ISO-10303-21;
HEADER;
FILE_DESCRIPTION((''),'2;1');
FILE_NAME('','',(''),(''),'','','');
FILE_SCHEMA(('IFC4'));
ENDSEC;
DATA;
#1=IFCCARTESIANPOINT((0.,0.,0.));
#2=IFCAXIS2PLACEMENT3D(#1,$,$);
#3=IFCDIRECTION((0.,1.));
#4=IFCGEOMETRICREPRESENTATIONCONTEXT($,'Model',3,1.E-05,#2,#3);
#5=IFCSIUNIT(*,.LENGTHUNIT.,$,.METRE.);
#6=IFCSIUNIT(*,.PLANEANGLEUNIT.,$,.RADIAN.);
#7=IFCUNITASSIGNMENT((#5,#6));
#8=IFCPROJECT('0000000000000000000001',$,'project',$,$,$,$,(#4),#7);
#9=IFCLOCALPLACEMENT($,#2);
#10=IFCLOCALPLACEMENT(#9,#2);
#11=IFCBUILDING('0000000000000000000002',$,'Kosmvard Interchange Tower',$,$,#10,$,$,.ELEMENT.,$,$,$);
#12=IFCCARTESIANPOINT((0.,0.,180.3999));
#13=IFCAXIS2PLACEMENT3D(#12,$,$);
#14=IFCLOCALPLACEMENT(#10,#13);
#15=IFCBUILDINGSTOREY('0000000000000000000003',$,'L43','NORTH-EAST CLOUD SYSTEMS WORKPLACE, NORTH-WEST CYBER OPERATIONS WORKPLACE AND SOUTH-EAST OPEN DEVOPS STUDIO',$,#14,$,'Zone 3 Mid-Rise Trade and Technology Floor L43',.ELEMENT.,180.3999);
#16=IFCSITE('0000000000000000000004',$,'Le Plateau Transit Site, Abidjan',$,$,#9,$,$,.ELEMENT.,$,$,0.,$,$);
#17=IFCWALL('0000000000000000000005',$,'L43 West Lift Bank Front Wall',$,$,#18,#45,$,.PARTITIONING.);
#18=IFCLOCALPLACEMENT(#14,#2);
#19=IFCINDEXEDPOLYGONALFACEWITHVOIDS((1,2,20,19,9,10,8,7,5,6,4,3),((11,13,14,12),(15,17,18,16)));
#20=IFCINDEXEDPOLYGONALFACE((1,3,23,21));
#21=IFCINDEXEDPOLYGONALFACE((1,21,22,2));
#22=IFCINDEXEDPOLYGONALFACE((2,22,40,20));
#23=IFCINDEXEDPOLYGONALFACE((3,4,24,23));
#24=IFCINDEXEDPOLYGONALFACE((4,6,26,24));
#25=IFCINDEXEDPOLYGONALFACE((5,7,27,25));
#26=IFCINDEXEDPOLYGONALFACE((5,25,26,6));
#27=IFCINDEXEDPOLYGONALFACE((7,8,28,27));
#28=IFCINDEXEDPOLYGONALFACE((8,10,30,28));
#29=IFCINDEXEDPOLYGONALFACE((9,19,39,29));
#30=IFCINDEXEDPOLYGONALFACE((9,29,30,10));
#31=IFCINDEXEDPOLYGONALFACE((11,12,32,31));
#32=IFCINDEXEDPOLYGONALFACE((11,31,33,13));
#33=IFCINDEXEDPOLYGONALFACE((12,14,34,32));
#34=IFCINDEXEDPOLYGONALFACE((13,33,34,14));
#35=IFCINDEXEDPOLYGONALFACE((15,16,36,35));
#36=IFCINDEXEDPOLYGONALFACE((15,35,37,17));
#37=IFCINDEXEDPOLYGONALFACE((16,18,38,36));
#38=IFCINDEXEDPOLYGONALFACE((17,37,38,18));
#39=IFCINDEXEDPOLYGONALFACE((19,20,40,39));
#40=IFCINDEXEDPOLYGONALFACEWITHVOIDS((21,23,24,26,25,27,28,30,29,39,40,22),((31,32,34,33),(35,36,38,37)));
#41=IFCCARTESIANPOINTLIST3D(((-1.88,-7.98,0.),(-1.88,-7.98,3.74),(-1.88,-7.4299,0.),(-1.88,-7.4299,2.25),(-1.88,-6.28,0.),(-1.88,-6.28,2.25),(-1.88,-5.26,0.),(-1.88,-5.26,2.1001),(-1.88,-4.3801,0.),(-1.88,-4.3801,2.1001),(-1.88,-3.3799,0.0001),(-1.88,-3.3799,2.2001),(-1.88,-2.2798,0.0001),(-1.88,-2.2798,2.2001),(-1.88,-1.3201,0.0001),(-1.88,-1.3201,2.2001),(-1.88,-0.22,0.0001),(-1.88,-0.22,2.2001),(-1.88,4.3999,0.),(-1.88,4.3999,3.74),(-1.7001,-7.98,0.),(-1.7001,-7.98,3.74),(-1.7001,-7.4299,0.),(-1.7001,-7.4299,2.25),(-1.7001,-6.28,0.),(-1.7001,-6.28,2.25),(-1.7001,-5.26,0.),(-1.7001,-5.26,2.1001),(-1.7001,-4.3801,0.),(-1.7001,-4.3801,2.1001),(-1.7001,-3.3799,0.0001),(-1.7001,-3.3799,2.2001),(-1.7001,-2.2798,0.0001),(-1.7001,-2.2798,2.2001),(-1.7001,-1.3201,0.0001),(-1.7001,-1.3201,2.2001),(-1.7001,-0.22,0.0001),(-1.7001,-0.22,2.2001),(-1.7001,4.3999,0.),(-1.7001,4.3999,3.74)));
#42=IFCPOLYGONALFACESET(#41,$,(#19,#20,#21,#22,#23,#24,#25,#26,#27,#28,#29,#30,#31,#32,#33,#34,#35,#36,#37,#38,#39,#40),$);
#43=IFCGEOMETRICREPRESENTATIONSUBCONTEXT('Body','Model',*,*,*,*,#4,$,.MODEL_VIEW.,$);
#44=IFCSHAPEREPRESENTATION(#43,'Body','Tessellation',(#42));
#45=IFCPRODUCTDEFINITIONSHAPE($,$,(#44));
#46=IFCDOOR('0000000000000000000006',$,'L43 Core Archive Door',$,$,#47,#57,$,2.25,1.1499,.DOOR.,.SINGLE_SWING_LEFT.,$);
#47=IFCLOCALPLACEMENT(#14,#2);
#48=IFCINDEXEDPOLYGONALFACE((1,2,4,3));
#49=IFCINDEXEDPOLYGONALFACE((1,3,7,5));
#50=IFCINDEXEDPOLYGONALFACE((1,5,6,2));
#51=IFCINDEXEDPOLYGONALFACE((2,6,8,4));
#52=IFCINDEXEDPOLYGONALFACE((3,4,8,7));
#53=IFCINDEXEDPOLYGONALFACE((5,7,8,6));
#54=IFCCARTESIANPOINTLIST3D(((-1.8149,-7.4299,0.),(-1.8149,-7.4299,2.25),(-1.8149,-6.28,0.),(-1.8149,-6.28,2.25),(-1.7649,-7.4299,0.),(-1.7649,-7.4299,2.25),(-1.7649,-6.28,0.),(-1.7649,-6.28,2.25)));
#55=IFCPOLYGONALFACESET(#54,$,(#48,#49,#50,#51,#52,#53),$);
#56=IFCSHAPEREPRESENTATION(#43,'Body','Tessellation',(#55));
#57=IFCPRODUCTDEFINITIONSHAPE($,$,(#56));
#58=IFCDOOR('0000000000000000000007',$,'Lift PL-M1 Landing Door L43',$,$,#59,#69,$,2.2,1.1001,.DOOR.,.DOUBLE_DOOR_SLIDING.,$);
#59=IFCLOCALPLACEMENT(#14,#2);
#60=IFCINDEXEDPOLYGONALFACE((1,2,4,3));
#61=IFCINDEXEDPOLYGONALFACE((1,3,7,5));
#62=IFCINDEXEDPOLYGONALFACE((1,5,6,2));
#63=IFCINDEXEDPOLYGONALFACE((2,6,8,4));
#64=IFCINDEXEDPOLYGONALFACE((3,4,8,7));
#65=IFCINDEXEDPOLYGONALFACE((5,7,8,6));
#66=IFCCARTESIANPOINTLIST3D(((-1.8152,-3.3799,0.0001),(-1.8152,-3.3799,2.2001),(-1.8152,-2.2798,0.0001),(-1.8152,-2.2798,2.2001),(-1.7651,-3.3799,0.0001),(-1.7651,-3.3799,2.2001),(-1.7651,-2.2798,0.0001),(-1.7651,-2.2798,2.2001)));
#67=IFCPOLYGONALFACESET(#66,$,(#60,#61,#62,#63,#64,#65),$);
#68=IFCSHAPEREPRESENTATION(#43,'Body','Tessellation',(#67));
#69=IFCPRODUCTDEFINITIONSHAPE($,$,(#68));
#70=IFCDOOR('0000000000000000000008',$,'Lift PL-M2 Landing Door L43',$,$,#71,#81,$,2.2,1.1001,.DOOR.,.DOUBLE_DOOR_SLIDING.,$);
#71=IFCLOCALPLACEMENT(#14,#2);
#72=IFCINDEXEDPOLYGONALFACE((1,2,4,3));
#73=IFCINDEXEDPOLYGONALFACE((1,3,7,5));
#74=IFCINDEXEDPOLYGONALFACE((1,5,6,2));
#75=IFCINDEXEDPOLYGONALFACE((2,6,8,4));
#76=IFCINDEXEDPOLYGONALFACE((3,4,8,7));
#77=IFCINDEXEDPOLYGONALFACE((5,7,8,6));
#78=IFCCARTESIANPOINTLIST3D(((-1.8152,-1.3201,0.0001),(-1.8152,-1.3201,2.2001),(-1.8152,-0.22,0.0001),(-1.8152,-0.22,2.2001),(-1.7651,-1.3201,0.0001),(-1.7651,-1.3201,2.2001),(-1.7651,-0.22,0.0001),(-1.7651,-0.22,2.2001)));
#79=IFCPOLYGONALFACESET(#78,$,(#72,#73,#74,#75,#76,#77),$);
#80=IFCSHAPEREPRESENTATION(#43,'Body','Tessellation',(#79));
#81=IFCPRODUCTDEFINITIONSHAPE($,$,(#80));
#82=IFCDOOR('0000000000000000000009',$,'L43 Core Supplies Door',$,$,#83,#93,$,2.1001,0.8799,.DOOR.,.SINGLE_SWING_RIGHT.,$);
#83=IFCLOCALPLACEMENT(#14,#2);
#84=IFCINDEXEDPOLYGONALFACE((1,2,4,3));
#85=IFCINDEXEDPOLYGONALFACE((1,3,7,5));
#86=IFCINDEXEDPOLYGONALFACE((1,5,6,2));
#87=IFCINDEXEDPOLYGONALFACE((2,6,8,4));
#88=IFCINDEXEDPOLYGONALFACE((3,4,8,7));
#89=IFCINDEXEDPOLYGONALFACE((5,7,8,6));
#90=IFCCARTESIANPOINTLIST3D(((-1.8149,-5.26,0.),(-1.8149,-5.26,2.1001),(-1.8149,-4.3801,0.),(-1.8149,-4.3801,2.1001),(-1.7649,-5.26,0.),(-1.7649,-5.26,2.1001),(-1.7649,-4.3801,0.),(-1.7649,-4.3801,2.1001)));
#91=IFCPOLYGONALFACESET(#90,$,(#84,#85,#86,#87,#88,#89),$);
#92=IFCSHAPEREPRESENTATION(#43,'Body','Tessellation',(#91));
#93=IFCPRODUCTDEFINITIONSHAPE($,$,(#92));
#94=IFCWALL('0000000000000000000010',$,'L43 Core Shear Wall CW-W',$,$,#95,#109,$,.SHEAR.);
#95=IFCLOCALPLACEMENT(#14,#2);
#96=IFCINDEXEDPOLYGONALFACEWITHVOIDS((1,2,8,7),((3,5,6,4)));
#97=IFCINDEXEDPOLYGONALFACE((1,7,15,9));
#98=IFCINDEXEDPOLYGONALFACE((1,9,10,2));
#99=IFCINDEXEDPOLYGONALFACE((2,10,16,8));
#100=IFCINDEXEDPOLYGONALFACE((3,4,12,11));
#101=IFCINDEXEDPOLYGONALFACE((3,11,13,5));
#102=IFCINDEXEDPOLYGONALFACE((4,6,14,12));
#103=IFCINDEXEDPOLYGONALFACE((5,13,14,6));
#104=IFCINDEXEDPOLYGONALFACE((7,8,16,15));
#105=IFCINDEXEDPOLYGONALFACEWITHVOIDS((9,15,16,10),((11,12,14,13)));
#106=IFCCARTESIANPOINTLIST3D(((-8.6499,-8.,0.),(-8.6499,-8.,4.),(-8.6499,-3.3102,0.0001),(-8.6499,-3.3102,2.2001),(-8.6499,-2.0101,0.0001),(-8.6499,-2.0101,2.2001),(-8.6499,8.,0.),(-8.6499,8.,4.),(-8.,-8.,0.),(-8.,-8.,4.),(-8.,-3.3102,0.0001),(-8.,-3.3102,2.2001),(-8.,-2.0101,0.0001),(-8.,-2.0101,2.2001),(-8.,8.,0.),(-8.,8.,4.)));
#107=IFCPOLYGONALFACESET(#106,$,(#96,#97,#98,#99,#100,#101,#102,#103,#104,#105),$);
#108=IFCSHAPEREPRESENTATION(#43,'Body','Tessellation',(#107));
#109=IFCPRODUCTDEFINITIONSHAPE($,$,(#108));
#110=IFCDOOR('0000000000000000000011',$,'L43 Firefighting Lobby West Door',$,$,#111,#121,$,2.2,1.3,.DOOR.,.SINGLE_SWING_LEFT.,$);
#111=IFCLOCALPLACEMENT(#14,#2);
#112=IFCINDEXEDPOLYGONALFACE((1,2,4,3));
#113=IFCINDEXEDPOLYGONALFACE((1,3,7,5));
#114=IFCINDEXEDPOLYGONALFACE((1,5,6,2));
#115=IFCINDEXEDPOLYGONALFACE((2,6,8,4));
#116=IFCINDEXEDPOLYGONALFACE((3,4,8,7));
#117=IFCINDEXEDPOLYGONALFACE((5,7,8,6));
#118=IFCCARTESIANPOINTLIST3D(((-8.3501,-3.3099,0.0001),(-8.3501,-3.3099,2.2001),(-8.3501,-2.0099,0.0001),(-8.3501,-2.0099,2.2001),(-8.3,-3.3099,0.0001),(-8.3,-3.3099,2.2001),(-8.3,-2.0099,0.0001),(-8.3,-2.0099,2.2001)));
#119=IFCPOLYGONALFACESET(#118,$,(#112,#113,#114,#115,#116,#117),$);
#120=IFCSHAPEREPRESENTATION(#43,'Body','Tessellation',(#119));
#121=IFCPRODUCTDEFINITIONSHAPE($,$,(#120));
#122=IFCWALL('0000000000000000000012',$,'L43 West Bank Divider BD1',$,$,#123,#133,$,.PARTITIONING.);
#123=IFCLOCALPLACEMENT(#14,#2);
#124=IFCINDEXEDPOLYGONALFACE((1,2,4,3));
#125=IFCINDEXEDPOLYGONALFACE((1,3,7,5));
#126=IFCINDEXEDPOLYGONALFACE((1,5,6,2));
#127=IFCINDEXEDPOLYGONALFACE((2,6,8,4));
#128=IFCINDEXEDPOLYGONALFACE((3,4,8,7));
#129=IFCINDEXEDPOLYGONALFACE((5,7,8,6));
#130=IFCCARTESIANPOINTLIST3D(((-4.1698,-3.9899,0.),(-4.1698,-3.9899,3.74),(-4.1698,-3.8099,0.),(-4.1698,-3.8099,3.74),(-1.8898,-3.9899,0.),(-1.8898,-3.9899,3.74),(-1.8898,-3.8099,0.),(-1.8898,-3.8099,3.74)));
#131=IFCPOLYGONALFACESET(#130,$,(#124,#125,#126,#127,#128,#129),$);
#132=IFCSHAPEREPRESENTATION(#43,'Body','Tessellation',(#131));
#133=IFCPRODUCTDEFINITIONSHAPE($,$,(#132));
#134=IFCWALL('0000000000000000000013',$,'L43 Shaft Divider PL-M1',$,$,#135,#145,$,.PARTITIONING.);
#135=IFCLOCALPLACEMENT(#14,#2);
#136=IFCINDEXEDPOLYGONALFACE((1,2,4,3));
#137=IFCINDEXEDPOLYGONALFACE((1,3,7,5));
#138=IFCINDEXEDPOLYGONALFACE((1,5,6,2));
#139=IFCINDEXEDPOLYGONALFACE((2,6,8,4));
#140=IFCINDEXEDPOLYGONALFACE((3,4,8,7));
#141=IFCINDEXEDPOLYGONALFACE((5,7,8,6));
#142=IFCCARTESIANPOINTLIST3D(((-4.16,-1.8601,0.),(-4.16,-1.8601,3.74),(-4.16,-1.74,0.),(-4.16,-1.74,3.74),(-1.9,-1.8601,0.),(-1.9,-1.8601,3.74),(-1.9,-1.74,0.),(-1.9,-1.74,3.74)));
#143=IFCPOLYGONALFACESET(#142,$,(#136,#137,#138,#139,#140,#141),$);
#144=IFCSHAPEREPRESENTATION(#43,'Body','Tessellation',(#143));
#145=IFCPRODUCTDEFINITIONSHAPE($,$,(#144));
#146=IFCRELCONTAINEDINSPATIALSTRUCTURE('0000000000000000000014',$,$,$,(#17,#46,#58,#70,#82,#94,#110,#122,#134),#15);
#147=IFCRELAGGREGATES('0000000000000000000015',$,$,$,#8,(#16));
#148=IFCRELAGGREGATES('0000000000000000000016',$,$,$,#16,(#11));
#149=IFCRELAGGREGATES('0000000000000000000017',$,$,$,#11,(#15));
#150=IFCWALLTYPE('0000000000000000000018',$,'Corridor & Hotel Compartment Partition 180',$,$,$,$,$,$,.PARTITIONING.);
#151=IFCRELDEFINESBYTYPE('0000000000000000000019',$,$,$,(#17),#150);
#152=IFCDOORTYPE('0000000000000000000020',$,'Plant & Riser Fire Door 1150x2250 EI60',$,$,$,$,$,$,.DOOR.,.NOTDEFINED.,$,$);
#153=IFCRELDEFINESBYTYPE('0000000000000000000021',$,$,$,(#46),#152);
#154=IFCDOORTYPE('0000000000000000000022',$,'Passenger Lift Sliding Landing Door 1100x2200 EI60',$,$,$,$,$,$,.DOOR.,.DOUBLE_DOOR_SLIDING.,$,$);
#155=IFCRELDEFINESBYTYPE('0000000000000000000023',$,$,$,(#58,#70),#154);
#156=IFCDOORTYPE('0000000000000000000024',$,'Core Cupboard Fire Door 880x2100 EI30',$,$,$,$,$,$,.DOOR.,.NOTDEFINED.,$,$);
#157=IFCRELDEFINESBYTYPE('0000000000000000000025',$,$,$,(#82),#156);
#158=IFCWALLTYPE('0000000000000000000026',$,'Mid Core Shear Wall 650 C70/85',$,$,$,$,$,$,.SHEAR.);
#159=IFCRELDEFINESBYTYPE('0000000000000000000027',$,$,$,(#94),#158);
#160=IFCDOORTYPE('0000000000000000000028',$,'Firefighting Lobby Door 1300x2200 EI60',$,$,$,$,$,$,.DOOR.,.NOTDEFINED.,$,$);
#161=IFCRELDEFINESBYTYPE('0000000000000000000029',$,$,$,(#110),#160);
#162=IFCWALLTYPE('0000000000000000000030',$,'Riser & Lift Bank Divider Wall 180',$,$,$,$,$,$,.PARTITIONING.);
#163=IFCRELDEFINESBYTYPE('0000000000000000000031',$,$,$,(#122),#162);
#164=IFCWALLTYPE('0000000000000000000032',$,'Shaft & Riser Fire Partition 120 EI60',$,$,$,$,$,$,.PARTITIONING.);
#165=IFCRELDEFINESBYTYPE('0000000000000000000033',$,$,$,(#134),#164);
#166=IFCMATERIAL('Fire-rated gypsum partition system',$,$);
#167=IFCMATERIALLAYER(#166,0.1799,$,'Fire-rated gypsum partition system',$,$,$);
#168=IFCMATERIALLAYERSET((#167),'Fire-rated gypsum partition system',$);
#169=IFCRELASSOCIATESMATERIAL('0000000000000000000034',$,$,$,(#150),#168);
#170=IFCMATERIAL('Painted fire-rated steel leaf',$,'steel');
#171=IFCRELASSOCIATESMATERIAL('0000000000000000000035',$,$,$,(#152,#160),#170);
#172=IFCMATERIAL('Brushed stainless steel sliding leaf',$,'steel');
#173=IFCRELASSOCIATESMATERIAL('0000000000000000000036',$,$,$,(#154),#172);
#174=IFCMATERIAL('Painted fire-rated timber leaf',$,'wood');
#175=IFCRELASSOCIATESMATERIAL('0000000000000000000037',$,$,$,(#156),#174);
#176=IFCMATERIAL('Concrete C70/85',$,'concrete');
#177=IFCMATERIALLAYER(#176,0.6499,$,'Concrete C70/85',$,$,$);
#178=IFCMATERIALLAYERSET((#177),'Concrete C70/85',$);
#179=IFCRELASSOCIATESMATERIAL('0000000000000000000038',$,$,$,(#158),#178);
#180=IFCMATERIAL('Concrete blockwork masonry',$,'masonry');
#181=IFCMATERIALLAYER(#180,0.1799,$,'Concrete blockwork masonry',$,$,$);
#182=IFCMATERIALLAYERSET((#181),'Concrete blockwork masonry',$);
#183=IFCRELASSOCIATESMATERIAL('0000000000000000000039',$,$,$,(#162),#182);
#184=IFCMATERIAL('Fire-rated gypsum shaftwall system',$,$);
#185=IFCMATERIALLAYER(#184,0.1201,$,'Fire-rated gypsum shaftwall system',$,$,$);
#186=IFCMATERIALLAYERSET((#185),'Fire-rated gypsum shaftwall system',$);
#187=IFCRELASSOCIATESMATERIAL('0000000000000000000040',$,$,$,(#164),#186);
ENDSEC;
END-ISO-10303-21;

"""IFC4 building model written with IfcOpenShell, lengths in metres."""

from ifc_helpers import new_model, si_unit, direction, frame, frame_2d, origin, place, context, subcontext, project, spatial, rectangle, extrude, source, transform, mapped, material, layer, layer_set, type_object, element, fill, save


model = new_model("IFC4")

# Units and contexts
model_context = context("Model", 3, precision=1e-05, world=origin(), true_north=direction((0.0, 1.0)))
body_context = subcontext(model_context, "Body", "Model", "MODEL_VIEW")
ifc_project = project(units=[si_unit("LENGTHUNIT", "METRE"), si_unit("PLANEANGLEUNIT", "RADIAN")], contexts=[model_context])

# Site, building, storey
site_placement = place(None, origin())
site = spatial("IfcSite", under=ifc_project, at=site_placement, Name="Le Plateau Transit Site, Abidjan", CompositionType="ELEMENT", RefElevation=0.0)
building_placement = place(site_placement, origin())
building = spatial("IfcBuilding", under=site, at=building_placement, Name="Kosmvard Interchange Tower", CompositionType="ELEMENT")
storey_placement = place(building_placement, frame((0.0, 0.0, 180.3999)))
storey = spatial("IfcBuildingStorey", under=building, at=storey_placement, Name="L43", Description="NORTH-EAST CLOUD SYSTEMS WORKPLACE, NORTH-WEST CYBER OPERATIONS WORKPLACE AND SOUTH-EAST OPEN DEVOPS STUDIO", LongName="Zone 3 Mid-Rise Trade and Technology Floor L43", CompositionType="ELEMENT", Elevation=180.3999)

# Shared definitions
ifc_material_1 = material(Name="Fire-rated gypsum partition system")

# Wall, openings, doors
ifc_layer_1 = layer(ifc_material_1, 0.1799, Name="Fire-rated gypsum partition system")
ifc_layer_set_1 = layer_set([ifc_layer_1], Name="Fire-rated gypsum partition system")
wall_type_1 = type_object("IfcWallType", Name="Corridor & Hotel Compartment Partition 180", PredefinedType="PARTITIONING", material=ifc_layer_set_1)
wall_1_placement = place(storey_placement, frame((-1.79, -7.98, 0.0), z_axis=(0.0, 0.0, 1.0), x_axis=(0.0, 1.0, 0.0)))
wall_1 = element("IfcWall", 1, at=wall_1_placement, inside=storey, type_object=wall_type_1, Name="L43 West Lift Bank Front Wall", PredefinedType="PARTITIONING", context=body_context, shape_type="SweptSolid", body=[
    extrude(rectangle(XDim=12.3799, YDim=0.1799, at=frame_2d((6.1899, 0.0))), origin(), (0.0, 0.0, 1.0), 3.74),
])
opening_1_placement = place(wall_1_placement, frame((4.6001, 0.0, 0.0)))
opening_1 = element("IfcOpeningElement", 2, at=opening_1_placement, cuts=wall_1, PredefinedType="OPENING", context=body_context, shape_type="SweptSolid", body=[
    extrude(rectangle(XDim=1.1001, YDim=2.2, at=frame_2d((0.55, 1.1001))), frame((0.0, 0.1001, 0.0), z_axis=(0.0, -1.0, 0.0), x_axis=(1.0, 0.0, 0.0)), (0.0, 0.0, 1.0), 0.2),
])
opening_2_placement = place(wall_1_placement, frame((6.6599, 0.0, 0.0)))
opening_2 = element("IfcOpeningElement", 3, at=opening_2_placement, cuts=wall_1, PredefinedType="OPENING", context=body_context, shape_type="SweptSolid", body=[
    extrude(rectangle(XDim=1.1001, YDim=2.2, at=frame_2d((0.55, 1.1001))), frame((0.0, 0.1001, 0.0), z_axis=(0.0, -1.0, 0.0), x_axis=(1.0, 0.0, 0.0)), (0.0, 0.0, 1.0), 0.2),
])
opening_3_placement = place(wall_1_placement, frame((0.55, 0.0, 0.0)))
opening_3 = element("IfcOpeningElement", 4, at=opening_3_placement, cuts=wall_1, PredefinedType="OPENING", context=body_context, shape_type="SweptSolid", body=[
    extrude(rectangle(XDim=1.1499, YDim=2.25, at=frame_2d((0.575, 1.125))), frame((0.0, 0.1001, 0.0), z_axis=(0.0, -1.0, 0.0), x_axis=(1.0, 0.0, 0.0)), (0.0, 0.0, 1.0), 0.2),
])
opening_4_placement = place(wall_1_placement, frame((2.72, 0.0, 0.0)))
opening_4 = element("IfcOpeningElement", 5, at=opening_4_placement, cuts=wall_1, PredefinedType="OPENING", context=body_context, shape_type="SweptSolid", body=[
    extrude(rectangle(XDim=0.8799, YDim=2.1001, at=frame_2d((0.4399, 1.05))), frame((0.0, 0.1001, 0.0), z_axis=(0.0, -1.0, 0.0), x_axis=(1.0, 0.0, 0.0)), (0.0, 0.0, 1.0), 0.2),
])
ifc_material_2 = material(Name="Painted fire-rated steel leaf", Category="steel")
door_type_1 = type_object("IfcDoorType", Name="Plant & Riser Fire Door 1150x2250 EI60", OperationType="NOTDEFINED", PredefinedType="DOOR", material=ifc_material_2)
shared_shape_1 = source(origin(), body_context, "Body", "SweptSolid", [
    extrude(rectangle(XDim=1.1499, YDim=2.25, at=frame_2d((0.575, 1.125))), frame((0.0, 0.0249, 0.0), z_axis=(0.0, -1.0, 0.0), x_axis=(1.0, 0.0, 0.0)), (0.0, 0.0, 1.0), 0.05),
])
door_1_placement = place(opening_3_placement, origin())
door_1 = element("IfcDoor", 6, at=door_1_placement, inside=storey, type_object=door_type_1, Name="L43 Core Archive Door", OperationType="SINGLE_SWING_LEFT", OverallHeight=2.25, OverallWidth=1.1499, PredefinedType="DOOR", context=body_context, shape_type="MappedRepresentation", body=[
    mapped(shared_shape_1, transform((0.0, 0.0, 0.0), scale=1.0)),
])
fill(opening_3, door_1)
ifc_material_3 = material(Name="Brushed stainless steel sliding leaf", Category="steel")
door_type_2 = type_object("IfcDoorType", Name="Passenger Lift Sliding Landing Door 1100x2200 EI60", OperationType="DOUBLE_DOOR_SLIDING", PredefinedType="DOOR", material=ifc_material_3)
shared_shape_2 = source(origin(), body_context, "Body", "SweptSolid", [
    extrude(rectangle(XDim=1.1001, YDim=2.2, at=frame_2d((0.55, 1.1001))), frame((0.0, 0.0249, 0.0), z_axis=(0.0, -1.0, 0.0), x_axis=(1.0, 0.0, 0.0)), (0.0, 0.0, 1.0), 0.05),
])
door_2_placement = place(opening_1_placement, frame((1.1001, 0.0, 0.0), z_axis=(0.0, 0.0, 1.0), x_axis=(-1.0, 0.0, 0.0)))
door_2 = element("IfcDoor", 7, at=door_2_placement, inside=storey, type_object=door_type_2, Name="Lift PL-M1 Landing Door L43", OperationType="DOUBLE_DOOR_SLIDING", OverallHeight=2.2, OverallWidth=1.1001, PredefinedType="DOOR", context=body_context, shape_type="MappedRepresentation", body=[
    mapped(shared_shape_2, transform((0.0, 0.0, 0.0), scale=1.0)),
])
fill(opening_1, door_2)
door_3_placement = place(opening_2_placement, frame((1.1001, 0.0, 0.0), z_axis=(0.0, 0.0, 1.0), x_axis=(-1.0, 0.0, 0.0)))
door_3 = element("IfcDoor", 8, at=door_3_placement, inside=storey, type_object=door_type_2, Name="Lift PL-M2 Landing Door L43", OperationType="DOUBLE_DOOR_SLIDING", OverallHeight=2.2, OverallWidth=1.1001, PredefinedType="DOOR", context=body_context, shape_type="MappedRepresentation", body=[
    mapped(shared_shape_2, transform((0.0, 0.0, 0.0), scale=1.0)),
])
fill(opening_2, door_3)
ifc_material_4 = material(Name="Painted fire-rated timber leaf", Category="wood")
door_type_3 = type_object("IfcDoorType", Name="Core Cupboard Fire Door 880x2100 EI30", OperationType="NOTDEFINED", PredefinedType="DOOR", material=ifc_material_4)
shared_shape_3 = source(origin(), body_context, "Body", "SweptSolid", [
    extrude(rectangle(XDim=0.8799, YDim=2.1001, at=frame_2d((0.4399, 1.05))), frame((0.0, 0.0249, 0.0), z_axis=(0.0, -1.0, 0.0), x_axis=(1.0, 0.0, 0.0)), (0.0, 0.0, 1.0), 0.05),
])
door_4_placement = place(opening_4_placement, origin())
door_4 = element("IfcDoor", 9, at=door_4_placement, inside=storey, type_object=door_type_3, Name="L43 Core Supplies Door", OperationType="SINGLE_SWING_RIGHT", OverallHeight=2.1001, OverallWidth=0.8799, PredefinedType="DOOR", context=body_context, shape_type="MappedRepresentation", body=[
    mapped(shared_shape_3, transform((0.0, 0.0, 0.0), scale=1.0)),
])
fill(opening_4, door_4)

# Wall, opening, door
ifc_material_5 = material(Name="Concrete C70/85", Category="concrete")
ifc_layer_2 = layer(ifc_material_5, 0.6499, Name="Concrete C70/85")
ifc_layer_set_2 = layer_set([ifc_layer_2], Name="Concrete C70/85")
wall_type_2 = type_object("IfcWallType", Name="Mid Core Shear Wall 650 C70/85", PredefinedType="SHEAR", material=ifc_layer_set_2)
wall_2_placement = place(storey_placement, frame((-8.325, -8.0, 0.0), z_axis=(0.0, 0.0, 1.0), x_axis=(0.0, 1.0, 0.0)))
wall_2 = element("IfcWall", 10, at=wall_2_placement, inside=storey, type_object=wall_type_2, Name="L43 Core Shear Wall CW-W", PredefinedType="SHEAR", context=body_context, shape_type="SweptSolid", body=[
    extrude(rectangle(XDim=16.0, YDim=0.6499, at=frame_2d((8.0, 0.0))), origin(), (0.0, 0.0, 1.0), 4.0),
])
opening_5_placement = place(wall_2_placement, frame((4.6899, 0.0, 0.0)))
opening_5 = element("IfcOpeningElement", 11, at=opening_5_placement, cuts=wall_2, PredefinedType="OPENING", context=body_context, shape_type="SweptSolid", body=[
    extrude(rectangle(XDim=1.3, YDim=2.2, at=frame_2d((0.6499, 1.1001))), frame((0.0, 0.335, 0.0), z_axis=(0.0, -1.0, 0.0), x_axis=(1.0, 0.0, 0.0)), (0.0, 0.0, 1.0), 0.6699),
])
door_type_4 = type_object("IfcDoorType", Name="Firefighting Lobby Door 1300x2200 EI60", OperationType="NOTDEFINED", PredefinedType="DOOR", material=ifc_material_2)
shared_shape_4 = source(origin(), body_context, "Body", "SweptSolid", [
    extrude(rectangle(XDim=1.3, YDim=2.2, at=frame_2d((0.6499, 1.1001))), frame((0.0, 0.0249, 0.0), z_axis=(0.0, -1.0, 0.0), x_axis=(1.0, 0.0, 0.0)), (0.0, 0.0, 1.0), 0.05),
])
door_5_placement = place(opening_5_placement, frame((1.3, 0.0, 0.0), z_axis=(0.0, 0.0, 1.0), x_axis=(-1.0, 0.0, 0.0)))
door_5 = element("IfcDoor", 12, at=door_5_placement, inside=storey, type_object=door_type_4, Name="L43 Firefighting Lobby West Door", OperationType="SINGLE_SWING_LEFT", OverallHeight=2.2, OverallWidth=1.3, PredefinedType="DOOR", context=body_context, shape_type="MappedRepresentation", body=[
    mapped(shared_shape_4, transform((0.0, 0.0, 0.0), scale=1.0)),
])
fill(opening_5, door_5)

# Walls
ifc_material_6 = material(Name="Concrete blockwork masonry", Category="masonry")
ifc_layer_3 = layer(ifc_material_6, 0.1799, Name="Concrete blockwork masonry")
ifc_layer_set_3 = layer_set([ifc_layer_3], Name="Concrete blockwork masonry")
wall_type_3 = type_object("IfcWallType", Name="Riser & Lift Bank Divider Wall 180", PredefinedType="PARTITIONING", material=ifc_layer_set_3)
wall_3_placement = place(storey_placement, frame((-4.1699, -3.8999, 0.0), z_axis=(0.0, 0.0, 1.0), x_axis=(1.0, 0.0, 0.0)))
element("IfcWall", 13, at=wall_3_placement, inside=storey, type_object=wall_type_3, Name="L43 West Bank Divider BD1", PredefinedType="PARTITIONING", context=body_context, shape_type="SweptSolid", body=[
    extrude(rectangle(XDim=2.28, YDim=0.1799, at=frame_2d((1.1401, 0.0))), origin(), (0.0, 0.0, 1.0), 3.74),
])
ifc_material_7 = material(Name="Fire-rated gypsum shaftwall system")
ifc_layer_4 = layer(ifc_material_7, 0.1201, Name="Fire-rated gypsum shaftwall system")
ifc_layer_set_4 = layer_set([ifc_layer_4], Name="Fire-rated gypsum shaftwall system")
wall_type_4 = type_object("IfcWallType", Name="Shaft & Riser Fire Partition 120 EI60", PredefinedType="PARTITIONING", material=ifc_layer_set_4)
wall_4_placement = place(storey_placement, frame((-4.1599, -1.8, 0.0), z_axis=(0.0, 0.0, 1.0), x_axis=(1.0, 0.0, 0.0)))
element("IfcWall", 14, at=wall_4_placement, inside=storey, type_object=wall_type_4, Name="L43 Shaft Divider PL-M1", PredefinedType="PARTITIONING", context=body_context, shape_type="SweptSolid", body=[
    extrude(rectangle(XDim=2.26, YDim=0.1201, at=frame_2d((1.1299, 0.0))), origin(), (0.0, 0.0, 1.0), 3.74),
])

save(model, "model.ifc")
